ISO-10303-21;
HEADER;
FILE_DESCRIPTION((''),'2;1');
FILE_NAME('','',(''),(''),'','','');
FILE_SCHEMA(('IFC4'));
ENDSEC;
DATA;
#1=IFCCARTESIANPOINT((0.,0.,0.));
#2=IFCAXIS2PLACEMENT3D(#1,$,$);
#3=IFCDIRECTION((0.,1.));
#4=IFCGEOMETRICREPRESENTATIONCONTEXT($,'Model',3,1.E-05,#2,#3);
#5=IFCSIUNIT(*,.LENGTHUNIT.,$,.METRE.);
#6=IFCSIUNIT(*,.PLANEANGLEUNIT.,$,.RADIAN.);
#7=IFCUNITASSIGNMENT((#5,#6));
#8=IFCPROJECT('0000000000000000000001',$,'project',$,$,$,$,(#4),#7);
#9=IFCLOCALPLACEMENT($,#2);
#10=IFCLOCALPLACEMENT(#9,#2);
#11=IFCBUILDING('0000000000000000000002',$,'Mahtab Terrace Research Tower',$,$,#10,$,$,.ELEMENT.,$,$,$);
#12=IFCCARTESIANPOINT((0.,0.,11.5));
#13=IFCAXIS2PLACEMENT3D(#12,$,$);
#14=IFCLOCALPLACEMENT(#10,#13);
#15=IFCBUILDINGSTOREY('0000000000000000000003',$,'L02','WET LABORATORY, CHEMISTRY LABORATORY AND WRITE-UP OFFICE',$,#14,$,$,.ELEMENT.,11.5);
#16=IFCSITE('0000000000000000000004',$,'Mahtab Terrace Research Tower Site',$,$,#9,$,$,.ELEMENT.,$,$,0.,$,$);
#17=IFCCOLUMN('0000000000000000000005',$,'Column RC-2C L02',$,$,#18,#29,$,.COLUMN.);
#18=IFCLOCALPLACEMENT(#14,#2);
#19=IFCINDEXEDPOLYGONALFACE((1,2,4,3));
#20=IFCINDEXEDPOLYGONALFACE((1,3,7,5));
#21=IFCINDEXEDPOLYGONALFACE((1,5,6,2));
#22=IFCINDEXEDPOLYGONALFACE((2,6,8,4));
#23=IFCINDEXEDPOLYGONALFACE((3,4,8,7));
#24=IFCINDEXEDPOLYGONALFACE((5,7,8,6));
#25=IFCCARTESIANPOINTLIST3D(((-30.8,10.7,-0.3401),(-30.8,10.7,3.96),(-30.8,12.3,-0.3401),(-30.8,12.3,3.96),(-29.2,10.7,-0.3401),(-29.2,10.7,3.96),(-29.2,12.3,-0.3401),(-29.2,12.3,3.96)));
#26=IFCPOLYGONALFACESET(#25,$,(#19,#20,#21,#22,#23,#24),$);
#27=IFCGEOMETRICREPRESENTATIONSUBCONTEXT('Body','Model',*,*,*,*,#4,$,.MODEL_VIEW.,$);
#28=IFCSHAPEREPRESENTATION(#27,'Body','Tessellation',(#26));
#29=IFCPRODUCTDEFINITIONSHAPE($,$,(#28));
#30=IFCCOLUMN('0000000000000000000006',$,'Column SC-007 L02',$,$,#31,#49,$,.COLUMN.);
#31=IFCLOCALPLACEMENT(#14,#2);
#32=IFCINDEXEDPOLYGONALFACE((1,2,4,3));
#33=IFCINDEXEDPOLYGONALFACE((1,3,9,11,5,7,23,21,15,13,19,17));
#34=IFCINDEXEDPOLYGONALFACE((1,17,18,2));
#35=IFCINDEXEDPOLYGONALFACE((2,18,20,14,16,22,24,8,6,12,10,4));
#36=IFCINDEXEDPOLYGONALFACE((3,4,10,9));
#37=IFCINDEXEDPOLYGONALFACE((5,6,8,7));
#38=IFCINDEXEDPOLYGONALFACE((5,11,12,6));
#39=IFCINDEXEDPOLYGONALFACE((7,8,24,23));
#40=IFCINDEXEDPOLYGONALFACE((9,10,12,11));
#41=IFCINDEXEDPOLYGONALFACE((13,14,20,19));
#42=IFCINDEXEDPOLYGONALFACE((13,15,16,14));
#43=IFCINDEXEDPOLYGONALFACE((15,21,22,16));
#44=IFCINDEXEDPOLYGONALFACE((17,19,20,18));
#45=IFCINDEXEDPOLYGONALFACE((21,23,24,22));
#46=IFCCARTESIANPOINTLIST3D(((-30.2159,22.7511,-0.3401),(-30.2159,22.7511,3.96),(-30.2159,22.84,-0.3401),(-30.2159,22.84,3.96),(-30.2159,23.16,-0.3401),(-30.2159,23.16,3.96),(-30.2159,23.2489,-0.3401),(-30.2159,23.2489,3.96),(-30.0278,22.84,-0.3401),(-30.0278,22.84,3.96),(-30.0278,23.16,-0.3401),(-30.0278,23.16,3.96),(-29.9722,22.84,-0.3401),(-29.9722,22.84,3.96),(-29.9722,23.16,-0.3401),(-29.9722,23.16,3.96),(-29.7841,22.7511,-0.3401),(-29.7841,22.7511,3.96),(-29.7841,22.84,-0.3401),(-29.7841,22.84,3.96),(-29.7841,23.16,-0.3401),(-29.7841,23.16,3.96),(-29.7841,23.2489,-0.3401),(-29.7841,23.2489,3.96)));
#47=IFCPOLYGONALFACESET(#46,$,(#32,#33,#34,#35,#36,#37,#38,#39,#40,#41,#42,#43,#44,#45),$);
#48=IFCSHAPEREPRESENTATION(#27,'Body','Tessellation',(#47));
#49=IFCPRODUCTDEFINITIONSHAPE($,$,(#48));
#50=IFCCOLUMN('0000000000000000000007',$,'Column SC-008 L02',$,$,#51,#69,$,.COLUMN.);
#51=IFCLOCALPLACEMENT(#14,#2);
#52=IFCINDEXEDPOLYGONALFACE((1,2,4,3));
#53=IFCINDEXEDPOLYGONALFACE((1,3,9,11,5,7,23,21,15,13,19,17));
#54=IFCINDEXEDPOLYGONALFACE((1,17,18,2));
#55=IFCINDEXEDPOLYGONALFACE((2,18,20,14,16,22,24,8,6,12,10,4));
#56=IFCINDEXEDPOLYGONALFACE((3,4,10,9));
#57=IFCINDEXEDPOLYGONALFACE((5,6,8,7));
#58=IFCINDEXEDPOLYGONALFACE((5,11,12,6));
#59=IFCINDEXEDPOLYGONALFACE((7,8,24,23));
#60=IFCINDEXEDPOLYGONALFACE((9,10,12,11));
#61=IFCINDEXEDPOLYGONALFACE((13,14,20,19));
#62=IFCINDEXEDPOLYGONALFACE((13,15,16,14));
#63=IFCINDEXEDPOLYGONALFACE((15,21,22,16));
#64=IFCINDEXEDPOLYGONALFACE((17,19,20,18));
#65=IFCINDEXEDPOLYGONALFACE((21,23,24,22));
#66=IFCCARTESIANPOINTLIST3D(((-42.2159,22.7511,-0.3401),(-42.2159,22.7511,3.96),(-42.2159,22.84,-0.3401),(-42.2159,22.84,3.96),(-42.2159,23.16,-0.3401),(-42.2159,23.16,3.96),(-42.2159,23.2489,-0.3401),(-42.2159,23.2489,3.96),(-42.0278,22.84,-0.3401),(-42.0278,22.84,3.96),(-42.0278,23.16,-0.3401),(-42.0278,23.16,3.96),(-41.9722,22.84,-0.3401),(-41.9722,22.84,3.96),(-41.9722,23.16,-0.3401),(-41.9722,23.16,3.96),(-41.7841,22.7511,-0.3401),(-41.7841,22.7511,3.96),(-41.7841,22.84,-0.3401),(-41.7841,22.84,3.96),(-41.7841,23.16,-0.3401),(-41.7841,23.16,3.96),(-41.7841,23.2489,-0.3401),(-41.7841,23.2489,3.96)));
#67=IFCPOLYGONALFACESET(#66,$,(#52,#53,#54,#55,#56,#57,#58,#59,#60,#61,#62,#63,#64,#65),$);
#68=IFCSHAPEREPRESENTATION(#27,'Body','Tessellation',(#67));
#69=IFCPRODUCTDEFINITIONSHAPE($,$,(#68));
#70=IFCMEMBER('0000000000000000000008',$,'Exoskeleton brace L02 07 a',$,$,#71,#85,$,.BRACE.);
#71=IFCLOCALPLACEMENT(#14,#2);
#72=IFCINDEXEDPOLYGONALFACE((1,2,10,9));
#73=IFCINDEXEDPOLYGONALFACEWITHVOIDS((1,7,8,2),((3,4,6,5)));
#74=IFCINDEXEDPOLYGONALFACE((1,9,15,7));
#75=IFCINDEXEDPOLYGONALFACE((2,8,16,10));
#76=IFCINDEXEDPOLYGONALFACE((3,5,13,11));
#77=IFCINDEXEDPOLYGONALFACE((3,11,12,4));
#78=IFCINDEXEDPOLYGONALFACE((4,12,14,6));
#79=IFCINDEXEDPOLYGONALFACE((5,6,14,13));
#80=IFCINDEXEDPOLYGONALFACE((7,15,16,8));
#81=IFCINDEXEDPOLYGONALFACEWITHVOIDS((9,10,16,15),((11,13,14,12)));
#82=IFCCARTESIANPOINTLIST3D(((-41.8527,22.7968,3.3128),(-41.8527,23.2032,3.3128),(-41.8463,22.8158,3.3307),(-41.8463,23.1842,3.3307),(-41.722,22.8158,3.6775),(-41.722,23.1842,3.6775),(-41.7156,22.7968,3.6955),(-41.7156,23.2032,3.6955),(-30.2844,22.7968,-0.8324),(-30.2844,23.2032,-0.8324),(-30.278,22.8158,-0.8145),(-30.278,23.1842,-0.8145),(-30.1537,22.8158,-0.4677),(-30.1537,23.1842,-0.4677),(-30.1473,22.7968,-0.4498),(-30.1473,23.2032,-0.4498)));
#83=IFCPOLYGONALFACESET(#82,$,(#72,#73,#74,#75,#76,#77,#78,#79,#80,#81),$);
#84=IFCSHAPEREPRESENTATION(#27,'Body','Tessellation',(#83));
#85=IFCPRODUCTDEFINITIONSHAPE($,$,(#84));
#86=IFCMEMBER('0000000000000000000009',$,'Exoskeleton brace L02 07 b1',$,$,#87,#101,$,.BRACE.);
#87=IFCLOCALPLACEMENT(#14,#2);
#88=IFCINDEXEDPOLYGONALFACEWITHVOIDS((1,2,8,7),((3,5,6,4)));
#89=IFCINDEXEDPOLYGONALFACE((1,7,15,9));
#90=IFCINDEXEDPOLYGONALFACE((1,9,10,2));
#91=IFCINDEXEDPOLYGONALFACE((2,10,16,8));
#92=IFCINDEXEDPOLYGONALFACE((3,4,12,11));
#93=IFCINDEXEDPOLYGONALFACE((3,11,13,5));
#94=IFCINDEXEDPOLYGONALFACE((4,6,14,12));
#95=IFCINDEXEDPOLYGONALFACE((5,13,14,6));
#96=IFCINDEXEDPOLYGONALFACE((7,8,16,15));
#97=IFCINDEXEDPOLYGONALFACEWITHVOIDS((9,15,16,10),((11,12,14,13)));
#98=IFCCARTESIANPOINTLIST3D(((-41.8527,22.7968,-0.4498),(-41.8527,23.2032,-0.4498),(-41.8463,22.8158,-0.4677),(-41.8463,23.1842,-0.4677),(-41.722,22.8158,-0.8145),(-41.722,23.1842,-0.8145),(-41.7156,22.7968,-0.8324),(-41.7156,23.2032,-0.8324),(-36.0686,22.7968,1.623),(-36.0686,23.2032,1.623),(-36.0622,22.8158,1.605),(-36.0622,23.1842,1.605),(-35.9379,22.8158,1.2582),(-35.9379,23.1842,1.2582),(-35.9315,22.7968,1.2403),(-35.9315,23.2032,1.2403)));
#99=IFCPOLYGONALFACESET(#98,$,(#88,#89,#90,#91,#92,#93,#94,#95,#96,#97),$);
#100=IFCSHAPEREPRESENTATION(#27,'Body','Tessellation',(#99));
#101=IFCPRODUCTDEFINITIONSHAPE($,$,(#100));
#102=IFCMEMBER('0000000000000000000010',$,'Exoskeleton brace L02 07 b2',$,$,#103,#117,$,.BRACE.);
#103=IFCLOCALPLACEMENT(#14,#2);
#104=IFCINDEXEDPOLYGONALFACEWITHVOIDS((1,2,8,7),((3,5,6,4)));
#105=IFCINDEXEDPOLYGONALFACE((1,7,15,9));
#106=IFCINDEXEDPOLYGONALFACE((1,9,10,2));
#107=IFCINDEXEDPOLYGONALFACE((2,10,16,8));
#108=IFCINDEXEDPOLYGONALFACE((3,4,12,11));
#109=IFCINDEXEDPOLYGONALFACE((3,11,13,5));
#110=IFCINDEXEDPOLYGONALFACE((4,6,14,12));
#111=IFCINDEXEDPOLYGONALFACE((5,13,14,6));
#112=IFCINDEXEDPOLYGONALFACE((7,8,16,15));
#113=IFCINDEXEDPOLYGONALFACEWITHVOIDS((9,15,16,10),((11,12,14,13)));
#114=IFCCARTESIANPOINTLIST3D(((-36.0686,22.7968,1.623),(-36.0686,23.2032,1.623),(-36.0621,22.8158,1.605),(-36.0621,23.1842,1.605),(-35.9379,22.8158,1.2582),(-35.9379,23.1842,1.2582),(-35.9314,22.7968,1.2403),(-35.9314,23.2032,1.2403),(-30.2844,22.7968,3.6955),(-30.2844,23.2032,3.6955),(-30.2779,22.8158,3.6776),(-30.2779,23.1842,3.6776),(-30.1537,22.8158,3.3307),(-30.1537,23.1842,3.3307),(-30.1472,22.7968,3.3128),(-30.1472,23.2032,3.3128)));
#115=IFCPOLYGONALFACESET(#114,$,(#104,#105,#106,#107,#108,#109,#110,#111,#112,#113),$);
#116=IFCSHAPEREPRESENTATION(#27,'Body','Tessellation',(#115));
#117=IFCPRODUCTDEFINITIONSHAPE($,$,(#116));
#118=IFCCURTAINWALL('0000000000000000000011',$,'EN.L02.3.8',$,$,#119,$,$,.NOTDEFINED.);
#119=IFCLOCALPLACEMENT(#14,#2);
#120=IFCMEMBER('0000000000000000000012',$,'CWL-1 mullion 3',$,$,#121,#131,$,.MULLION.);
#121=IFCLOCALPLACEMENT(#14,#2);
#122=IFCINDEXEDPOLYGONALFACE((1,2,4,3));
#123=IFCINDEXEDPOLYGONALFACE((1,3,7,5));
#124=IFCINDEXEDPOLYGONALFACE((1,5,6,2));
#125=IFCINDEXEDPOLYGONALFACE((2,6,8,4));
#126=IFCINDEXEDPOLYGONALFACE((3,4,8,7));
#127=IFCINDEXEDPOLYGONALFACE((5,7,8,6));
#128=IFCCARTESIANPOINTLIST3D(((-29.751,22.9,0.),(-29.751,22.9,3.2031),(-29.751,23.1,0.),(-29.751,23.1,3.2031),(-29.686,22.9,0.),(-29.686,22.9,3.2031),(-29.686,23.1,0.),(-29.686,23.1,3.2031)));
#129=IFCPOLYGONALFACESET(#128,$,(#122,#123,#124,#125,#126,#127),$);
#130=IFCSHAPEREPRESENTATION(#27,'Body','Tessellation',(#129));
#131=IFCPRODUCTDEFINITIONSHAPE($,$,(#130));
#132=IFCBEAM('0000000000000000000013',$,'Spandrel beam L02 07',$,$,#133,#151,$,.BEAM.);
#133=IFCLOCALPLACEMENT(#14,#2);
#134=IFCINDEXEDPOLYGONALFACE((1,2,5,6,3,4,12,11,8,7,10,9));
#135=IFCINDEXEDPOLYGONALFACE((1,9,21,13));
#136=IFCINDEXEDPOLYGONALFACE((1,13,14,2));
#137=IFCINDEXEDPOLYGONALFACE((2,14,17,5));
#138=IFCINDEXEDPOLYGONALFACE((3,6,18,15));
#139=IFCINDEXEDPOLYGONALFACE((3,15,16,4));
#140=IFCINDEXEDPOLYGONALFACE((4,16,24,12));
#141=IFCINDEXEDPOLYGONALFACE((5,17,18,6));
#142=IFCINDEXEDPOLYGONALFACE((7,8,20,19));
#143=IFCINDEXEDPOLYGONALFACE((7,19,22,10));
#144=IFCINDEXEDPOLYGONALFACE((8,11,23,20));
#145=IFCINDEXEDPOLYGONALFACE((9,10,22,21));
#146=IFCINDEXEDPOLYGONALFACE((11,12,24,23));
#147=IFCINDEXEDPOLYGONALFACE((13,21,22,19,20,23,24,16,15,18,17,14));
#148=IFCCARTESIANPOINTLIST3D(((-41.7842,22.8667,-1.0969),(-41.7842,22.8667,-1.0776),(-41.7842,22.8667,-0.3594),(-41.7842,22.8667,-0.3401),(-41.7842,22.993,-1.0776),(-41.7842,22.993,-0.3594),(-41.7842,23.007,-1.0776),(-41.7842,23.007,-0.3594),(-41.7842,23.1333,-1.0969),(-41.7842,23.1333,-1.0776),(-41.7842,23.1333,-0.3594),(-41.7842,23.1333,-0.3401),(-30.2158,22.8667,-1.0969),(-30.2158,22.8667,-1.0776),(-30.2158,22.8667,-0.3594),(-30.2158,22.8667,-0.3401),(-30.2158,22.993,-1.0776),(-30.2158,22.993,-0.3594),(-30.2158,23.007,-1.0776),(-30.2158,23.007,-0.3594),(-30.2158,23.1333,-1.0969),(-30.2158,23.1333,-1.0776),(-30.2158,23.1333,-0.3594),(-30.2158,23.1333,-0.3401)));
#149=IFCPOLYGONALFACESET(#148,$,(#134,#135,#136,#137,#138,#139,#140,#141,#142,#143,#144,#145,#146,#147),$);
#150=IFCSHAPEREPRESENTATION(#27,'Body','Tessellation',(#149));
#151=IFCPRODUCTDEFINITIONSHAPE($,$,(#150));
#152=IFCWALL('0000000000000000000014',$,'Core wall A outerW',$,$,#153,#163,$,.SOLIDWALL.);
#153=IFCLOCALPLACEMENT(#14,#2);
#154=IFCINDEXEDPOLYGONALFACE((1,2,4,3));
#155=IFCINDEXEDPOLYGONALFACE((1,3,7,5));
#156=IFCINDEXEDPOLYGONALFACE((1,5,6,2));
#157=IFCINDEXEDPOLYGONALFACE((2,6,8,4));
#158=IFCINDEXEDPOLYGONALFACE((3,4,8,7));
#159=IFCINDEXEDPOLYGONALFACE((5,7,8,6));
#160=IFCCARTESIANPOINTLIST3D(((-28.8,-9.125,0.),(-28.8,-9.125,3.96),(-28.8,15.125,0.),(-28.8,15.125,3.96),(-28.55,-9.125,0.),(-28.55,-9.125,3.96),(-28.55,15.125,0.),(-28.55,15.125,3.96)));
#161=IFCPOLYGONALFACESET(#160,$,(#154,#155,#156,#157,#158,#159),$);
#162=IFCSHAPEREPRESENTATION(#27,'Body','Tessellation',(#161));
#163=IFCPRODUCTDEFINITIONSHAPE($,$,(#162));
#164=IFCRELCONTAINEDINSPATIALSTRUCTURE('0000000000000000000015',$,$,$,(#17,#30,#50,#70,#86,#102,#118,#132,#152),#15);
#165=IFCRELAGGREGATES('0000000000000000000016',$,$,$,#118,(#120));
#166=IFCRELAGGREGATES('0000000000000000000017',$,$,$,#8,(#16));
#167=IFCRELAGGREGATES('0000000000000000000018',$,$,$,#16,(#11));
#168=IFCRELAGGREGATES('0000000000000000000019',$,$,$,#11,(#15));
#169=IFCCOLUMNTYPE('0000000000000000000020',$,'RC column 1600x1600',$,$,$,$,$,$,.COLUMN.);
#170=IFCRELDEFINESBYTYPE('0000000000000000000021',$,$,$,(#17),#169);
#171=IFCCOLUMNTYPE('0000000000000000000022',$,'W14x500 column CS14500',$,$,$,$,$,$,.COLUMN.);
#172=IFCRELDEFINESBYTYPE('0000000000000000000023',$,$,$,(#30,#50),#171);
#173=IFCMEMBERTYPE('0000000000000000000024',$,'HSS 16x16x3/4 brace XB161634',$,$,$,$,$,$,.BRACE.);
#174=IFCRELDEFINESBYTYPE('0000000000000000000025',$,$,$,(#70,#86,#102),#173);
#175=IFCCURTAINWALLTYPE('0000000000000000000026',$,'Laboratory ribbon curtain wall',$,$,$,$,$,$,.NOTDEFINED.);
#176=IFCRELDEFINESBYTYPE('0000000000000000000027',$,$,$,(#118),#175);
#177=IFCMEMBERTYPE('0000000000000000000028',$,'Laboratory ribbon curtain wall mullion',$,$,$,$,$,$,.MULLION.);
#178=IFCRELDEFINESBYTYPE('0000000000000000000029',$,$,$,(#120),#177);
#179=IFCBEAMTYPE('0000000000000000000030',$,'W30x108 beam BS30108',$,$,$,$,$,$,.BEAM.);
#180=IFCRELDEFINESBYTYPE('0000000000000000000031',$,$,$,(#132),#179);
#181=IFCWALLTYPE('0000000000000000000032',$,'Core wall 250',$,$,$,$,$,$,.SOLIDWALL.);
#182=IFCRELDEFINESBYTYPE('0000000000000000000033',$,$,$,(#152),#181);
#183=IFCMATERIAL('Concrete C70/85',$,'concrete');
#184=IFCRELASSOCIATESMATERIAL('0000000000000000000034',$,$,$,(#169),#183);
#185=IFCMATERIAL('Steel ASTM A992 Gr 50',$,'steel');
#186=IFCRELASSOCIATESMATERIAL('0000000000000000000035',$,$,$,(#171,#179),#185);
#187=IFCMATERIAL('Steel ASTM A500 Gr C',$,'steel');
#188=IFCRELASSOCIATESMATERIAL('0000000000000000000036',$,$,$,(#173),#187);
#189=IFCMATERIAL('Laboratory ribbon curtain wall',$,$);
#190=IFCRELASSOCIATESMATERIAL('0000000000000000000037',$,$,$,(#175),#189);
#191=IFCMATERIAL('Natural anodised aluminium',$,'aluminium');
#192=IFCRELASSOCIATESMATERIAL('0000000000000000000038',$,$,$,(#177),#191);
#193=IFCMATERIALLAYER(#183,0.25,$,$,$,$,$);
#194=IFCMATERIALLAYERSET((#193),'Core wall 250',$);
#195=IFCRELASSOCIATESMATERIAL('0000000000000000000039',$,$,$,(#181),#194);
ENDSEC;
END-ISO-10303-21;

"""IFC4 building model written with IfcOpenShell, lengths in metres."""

from ifc_helpers import new_model, si_unit, direction, frame, frame_2d, origin, origin_2d, place, context, subcontext, project, spatial, rectangle, hollow_rectangle, i_section, extrude, material, layer, layer_set, material_profile, profile_set, type_object, element, aggregate, save


model = new_model("IFC4")

# Units and contexts
model_context = context("Model", 3, precision=1e-05, world=origin(), true_north=direction((0.0, 1.0)))
body_context = subcontext(model_context, "Body", "Model", "MODEL_VIEW")
ifc_project = project(units=[si_unit("LENGTHUNIT", "METRE"), si_unit("PLANEANGLEUNIT", "RADIAN")], contexts=[model_context])

# Site, building, storey
site_placement = place(None, origin())
site = spatial("IfcSite", under=ifc_project, at=site_placement, Name="Mahtab Terrace Research Tower Site", CompositionType="ELEMENT", RefElevation=0.0)
building_placement = place(site_placement, origin())
building = spatial("IfcBuilding", under=site, at=building_placement, Name="Mahtab Terrace Research Tower", CompositionType="ELEMENT")
storey_placement = place(building_placement, frame((0.0, 0.0, 11.5)))
storey = spatial("IfcBuildingStorey", under=building, at=storey_placement, Name="L02", Description="WET LABORATORY, CHEMISTRY LABORATORY AND WRITE-UP OFFICE", CompositionType="ELEMENT", Elevation=11.5)

# Columns
ifc_material_1 = material(Name="Concrete C70/85", Category="concrete")
ifc_material_profile_1 = material_profile(ifc_material_1, rectangle(XDim=1.6001, YDim=1.6001, at=origin_2d()), Name="RC column 1600x1600")
ifc_profile_set_1 = profile_set([ifc_material_profile_1], Name="Concrete C70/85")
column_type_1 = type_object("IfcColumnType", Name="RC column 1600x1600", PredefinedType="COLUMN", material=ifc_profile_set_1)
column_placement = place(storey_placement, frame((-30.0, 11.5, -0.3401), z_axis=(0.0, 0.0, 1.0), x_axis=(1.0, 0.0, 0.0)))
element("IfcColumn", 1, at=column_placement, inside=storey, type_object=column_type_1, Name="Column RC-2C L02", PredefinedType="COLUMN", context=body_context, shape_type="SweptSolid", body=[
    extrude(rectangle(XDim=1.6001, YDim=1.6001, at=origin_2d()), origin(), (0.0, 0.0, 1.0), 4.3),
])
ifc_material_2 = material(Name="Steel ASTM A992 Gr 50", Category="steel")
ifc_material_profile_2 = material_profile(ifc_material_2, i_section(OverallWidth=0.4319, OverallDepth=0.4978, WebThickness=0.0557, FlangeThickness=0.0889, at=origin_2d()), Name="W14X500")
ifc_profile_set_2 = profile_set([ifc_material_profile_2], Name="Steel ASTM A992 Gr 50")
column_type_2 = type_object("IfcColumnType", Name="W14x500 column CS14500", PredefinedType="COLUMN", material=ifc_profile_set_2)
for number, where, z_axis, x_axis, name in (
    (2, (-30.0, 23.0, -0.3401), (0.0, 0.0, 1.0), (1.0, 0.0, 0.0), "Column SC-007 L02"),
    (3, (-42.0, 23.0, -0.3401), (0.0, 0.0, 1.0), (1.0, 0.0, 0.0), "Column SC-008 L02"),
):
    element("IfcColumn", number, at=place(storey_placement, frame(where, z_axis=z_axis, x_axis=x_axis)), inside=storey, type_object=column_type_2, Name=name, PredefinedType="COLUMN", context=body_context, shape_type="SweptSolid", body=[
        extrude(i_section(OverallWidth=0.4319, OverallDepth=0.4978, WebThickness=0.0557, FlangeThickness=0.0889, at=origin_2d()), origin(), (0.0, 0.0, 1.0), 4.3),
    ])

# Members
ifc_material_3 = material(Name="Steel ASTM A500 Gr C", Category="steel")
ifc_material_profile_3 = material_profile(ifc_material_3, hollow_rectangle(XDim=0.4065, YDim=0.4065, WallThickness=0.019, at=origin_2d()), Name="HSS16X16X3/4")
ifc_profile_set_3 = profile_set([ifc_material_profile_3], Name="Steel ASTM A500 Gr C")
member_type_1 = type_object("IfcMemberType", Name="HSS 16x16x3/4 brace XB161634", PredefinedType="BRACE", material=ifc_profile_set_3)
member_1_placement = place(storey_placement, frame((-30.2158, 23.0, -0.6411), z_axis=(-0.941388, 0.0, 0.337325), x_axis=(0.0, -1.0, 0.0)))
element("IfcMember", 4, at=member_1_placement, inside=storey, type_object=member_type_1, Name="Exoskeleton brace L02 07 a", PredefinedType="BRACE", context=body_context, shape_type="SweptSolid", body=[
    extrude(hollow_rectangle(XDim=0.4065, YDim=0.4065, WallThickness=0.019, at=origin_2d()), origin(), (0.0, 0.0, 1.0), 12.2886),
])
for number, where, z_axis, x_axis, name in (
    (5, (-41.7842, 23.0, -0.6411), (0.941382, 0.0, 0.337343), (0.0, 1.0, 0.0), "Exoskeleton brace L02 07 b1"),
    (6, (-36.0, 23.0, 1.4316), (0.941394, 0.0, 0.337308), (0.0, 1.0, 0.0), "Exoskeleton brace L02 07 b2"),
):
    element("IfcMember", number, at=place(storey_placement, frame(where, z_axis=z_axis, x_axis=x_axis)), inside=storey, type_object=member_type_1, Name=name, PredefinedType="BRACE", context=body_context, shape_type="SweptSolid", body=[
        extrude(hollow_rectangle(XDim=0.4065, YDim=0.4065, WallThickness=0.019, at=origin_2d()), origin(), (0.0, 0.0, 1.0), 6.1443),
    ])

# Curtain wall, member
ifc_material_4 = material(Name="Laboratory ribbon curtain wall")
curtain_wall_type = type_object("IfcCurtainWallType", Name="Laboratory ribbon curtain wall", PredefinedType="NOTDEFINED", material=ifc_material_4)
curtain_wall_placement = place(storey_placement, origin())
curtain_wall = element("IfcCurtainWall", 7, at=curtain_wall_placement, inside=storey, type_object=curtain_wall_type, Name="EN.L02.3.8", PredefinedType="NOTDEFINED")
ifc_material_5 = material(Name="Natural anodised aluminium", Category="aluminium")
ifc_material_profile_4 = material_profile(ifc_material_5, rectangle(XDim=0.2, YDim=0.0649, at=origin_2d()), Name="MULLION 65x200")
ifc_profile_set_4 = profile_set([ifc_material_profile_4], Name="Natural anodised aluminium")
member_type_2 = type_object("IfcMemberType", Name="Laboratory ribbon curtain wall mullion", PredefinedType="MULLION", material=ifc_profile_set_4)
member_2_placement = place(storey_placement, frame((-29.7185, 23.0, 0.0), z_axis=(0.0, 0.0, 1.0), x_axis=(0.0, -1.0, 0.0)))
member_2 = element("IfcMember", 8, at=member_2_placement, type_object=member_type_2, Name="CWL-1 mullion 3", PredefinedType="MULLION", context=body_context, shape_type="SweptSolid", body=[
    extrude(rectangle(XDim=0.2, YDim=0.0649, at=origin_2d()), origin(), (0.0, 0.0, 1.0), 3.2031),
])
aggregate(curtain_wall, [member_2])

# Beam
ifc_material_profile_5 = material_profile(ifc_material_2, i_section(OverallWidth=0.2666, OverallDepth=0.7568, WebThickness=0.0139, FlangeThickness=0.0193, at=origin_2d()), Name="W30X108")
ifc_profile_set_5 = profile_set([ifc_material_profile_5], Name="Steel ASTM A992 Gr 50")
beam_type = type_object("IfcBeamType", Name="W30x108 beam BS30108", PredefinedType="BEAM", material=ifc_profile_set_5)
beam_placement = place(storey_placement, frame((-30.2158, 23.0, -0.7185), z_axis=(-1.0, 0.0, 0.0), x_axis=(0.0, -1.0, 0.0)))
element("IfcBeam", 9, at=beam_placement, inside=storey, type_object=beam_type, Name="Spandrel beam L02 07", PredefinedType="BEAM", context=body_context, shape_type="SweptSolid", body=[
    extrude(i_section(OverallWidth=0.2666, OverallDepth=0.7568, WebThickness=0.0139, FlangeThickness=0.0193, at=origin_2d()), origin(), (0.0, 0.0, 1.0), 11.5684),
])

# Wall
ifc_layer_1 = layer(ifc_material_1, 0.25)
ifc_layer_set_1 = layer_set([ifc_layer_1], Name="Core wall 250")
wall_type_1 = type_object("IfcWallType", Name="Core wall 250", PredefinedType="SOLIDWALL", material=ifc_layer_set_1)
wall_1_placement = place(storey_placement, frame((-28.675, 15.125, 0.0), z_axis=(0.0, 0.0, 1.0), x_axis=(0.0, -1.0, 0.0)))
element("IfcWall", 10, at=wall_1_placement, inside=storey, type_object=wall_type_1, Name="Core wall A outerW", PredefinedType="SOLIDWALL", context=body_context, shape_type="SweptSolid", body=[
    extrude(rectangle(XDim=24.25, YDim=0.25, at=frame_2d((12.125, 0.0))), origin(), (0.0, 0.0, 1.0), 3.96),
])

save(model, "model.ifc")
